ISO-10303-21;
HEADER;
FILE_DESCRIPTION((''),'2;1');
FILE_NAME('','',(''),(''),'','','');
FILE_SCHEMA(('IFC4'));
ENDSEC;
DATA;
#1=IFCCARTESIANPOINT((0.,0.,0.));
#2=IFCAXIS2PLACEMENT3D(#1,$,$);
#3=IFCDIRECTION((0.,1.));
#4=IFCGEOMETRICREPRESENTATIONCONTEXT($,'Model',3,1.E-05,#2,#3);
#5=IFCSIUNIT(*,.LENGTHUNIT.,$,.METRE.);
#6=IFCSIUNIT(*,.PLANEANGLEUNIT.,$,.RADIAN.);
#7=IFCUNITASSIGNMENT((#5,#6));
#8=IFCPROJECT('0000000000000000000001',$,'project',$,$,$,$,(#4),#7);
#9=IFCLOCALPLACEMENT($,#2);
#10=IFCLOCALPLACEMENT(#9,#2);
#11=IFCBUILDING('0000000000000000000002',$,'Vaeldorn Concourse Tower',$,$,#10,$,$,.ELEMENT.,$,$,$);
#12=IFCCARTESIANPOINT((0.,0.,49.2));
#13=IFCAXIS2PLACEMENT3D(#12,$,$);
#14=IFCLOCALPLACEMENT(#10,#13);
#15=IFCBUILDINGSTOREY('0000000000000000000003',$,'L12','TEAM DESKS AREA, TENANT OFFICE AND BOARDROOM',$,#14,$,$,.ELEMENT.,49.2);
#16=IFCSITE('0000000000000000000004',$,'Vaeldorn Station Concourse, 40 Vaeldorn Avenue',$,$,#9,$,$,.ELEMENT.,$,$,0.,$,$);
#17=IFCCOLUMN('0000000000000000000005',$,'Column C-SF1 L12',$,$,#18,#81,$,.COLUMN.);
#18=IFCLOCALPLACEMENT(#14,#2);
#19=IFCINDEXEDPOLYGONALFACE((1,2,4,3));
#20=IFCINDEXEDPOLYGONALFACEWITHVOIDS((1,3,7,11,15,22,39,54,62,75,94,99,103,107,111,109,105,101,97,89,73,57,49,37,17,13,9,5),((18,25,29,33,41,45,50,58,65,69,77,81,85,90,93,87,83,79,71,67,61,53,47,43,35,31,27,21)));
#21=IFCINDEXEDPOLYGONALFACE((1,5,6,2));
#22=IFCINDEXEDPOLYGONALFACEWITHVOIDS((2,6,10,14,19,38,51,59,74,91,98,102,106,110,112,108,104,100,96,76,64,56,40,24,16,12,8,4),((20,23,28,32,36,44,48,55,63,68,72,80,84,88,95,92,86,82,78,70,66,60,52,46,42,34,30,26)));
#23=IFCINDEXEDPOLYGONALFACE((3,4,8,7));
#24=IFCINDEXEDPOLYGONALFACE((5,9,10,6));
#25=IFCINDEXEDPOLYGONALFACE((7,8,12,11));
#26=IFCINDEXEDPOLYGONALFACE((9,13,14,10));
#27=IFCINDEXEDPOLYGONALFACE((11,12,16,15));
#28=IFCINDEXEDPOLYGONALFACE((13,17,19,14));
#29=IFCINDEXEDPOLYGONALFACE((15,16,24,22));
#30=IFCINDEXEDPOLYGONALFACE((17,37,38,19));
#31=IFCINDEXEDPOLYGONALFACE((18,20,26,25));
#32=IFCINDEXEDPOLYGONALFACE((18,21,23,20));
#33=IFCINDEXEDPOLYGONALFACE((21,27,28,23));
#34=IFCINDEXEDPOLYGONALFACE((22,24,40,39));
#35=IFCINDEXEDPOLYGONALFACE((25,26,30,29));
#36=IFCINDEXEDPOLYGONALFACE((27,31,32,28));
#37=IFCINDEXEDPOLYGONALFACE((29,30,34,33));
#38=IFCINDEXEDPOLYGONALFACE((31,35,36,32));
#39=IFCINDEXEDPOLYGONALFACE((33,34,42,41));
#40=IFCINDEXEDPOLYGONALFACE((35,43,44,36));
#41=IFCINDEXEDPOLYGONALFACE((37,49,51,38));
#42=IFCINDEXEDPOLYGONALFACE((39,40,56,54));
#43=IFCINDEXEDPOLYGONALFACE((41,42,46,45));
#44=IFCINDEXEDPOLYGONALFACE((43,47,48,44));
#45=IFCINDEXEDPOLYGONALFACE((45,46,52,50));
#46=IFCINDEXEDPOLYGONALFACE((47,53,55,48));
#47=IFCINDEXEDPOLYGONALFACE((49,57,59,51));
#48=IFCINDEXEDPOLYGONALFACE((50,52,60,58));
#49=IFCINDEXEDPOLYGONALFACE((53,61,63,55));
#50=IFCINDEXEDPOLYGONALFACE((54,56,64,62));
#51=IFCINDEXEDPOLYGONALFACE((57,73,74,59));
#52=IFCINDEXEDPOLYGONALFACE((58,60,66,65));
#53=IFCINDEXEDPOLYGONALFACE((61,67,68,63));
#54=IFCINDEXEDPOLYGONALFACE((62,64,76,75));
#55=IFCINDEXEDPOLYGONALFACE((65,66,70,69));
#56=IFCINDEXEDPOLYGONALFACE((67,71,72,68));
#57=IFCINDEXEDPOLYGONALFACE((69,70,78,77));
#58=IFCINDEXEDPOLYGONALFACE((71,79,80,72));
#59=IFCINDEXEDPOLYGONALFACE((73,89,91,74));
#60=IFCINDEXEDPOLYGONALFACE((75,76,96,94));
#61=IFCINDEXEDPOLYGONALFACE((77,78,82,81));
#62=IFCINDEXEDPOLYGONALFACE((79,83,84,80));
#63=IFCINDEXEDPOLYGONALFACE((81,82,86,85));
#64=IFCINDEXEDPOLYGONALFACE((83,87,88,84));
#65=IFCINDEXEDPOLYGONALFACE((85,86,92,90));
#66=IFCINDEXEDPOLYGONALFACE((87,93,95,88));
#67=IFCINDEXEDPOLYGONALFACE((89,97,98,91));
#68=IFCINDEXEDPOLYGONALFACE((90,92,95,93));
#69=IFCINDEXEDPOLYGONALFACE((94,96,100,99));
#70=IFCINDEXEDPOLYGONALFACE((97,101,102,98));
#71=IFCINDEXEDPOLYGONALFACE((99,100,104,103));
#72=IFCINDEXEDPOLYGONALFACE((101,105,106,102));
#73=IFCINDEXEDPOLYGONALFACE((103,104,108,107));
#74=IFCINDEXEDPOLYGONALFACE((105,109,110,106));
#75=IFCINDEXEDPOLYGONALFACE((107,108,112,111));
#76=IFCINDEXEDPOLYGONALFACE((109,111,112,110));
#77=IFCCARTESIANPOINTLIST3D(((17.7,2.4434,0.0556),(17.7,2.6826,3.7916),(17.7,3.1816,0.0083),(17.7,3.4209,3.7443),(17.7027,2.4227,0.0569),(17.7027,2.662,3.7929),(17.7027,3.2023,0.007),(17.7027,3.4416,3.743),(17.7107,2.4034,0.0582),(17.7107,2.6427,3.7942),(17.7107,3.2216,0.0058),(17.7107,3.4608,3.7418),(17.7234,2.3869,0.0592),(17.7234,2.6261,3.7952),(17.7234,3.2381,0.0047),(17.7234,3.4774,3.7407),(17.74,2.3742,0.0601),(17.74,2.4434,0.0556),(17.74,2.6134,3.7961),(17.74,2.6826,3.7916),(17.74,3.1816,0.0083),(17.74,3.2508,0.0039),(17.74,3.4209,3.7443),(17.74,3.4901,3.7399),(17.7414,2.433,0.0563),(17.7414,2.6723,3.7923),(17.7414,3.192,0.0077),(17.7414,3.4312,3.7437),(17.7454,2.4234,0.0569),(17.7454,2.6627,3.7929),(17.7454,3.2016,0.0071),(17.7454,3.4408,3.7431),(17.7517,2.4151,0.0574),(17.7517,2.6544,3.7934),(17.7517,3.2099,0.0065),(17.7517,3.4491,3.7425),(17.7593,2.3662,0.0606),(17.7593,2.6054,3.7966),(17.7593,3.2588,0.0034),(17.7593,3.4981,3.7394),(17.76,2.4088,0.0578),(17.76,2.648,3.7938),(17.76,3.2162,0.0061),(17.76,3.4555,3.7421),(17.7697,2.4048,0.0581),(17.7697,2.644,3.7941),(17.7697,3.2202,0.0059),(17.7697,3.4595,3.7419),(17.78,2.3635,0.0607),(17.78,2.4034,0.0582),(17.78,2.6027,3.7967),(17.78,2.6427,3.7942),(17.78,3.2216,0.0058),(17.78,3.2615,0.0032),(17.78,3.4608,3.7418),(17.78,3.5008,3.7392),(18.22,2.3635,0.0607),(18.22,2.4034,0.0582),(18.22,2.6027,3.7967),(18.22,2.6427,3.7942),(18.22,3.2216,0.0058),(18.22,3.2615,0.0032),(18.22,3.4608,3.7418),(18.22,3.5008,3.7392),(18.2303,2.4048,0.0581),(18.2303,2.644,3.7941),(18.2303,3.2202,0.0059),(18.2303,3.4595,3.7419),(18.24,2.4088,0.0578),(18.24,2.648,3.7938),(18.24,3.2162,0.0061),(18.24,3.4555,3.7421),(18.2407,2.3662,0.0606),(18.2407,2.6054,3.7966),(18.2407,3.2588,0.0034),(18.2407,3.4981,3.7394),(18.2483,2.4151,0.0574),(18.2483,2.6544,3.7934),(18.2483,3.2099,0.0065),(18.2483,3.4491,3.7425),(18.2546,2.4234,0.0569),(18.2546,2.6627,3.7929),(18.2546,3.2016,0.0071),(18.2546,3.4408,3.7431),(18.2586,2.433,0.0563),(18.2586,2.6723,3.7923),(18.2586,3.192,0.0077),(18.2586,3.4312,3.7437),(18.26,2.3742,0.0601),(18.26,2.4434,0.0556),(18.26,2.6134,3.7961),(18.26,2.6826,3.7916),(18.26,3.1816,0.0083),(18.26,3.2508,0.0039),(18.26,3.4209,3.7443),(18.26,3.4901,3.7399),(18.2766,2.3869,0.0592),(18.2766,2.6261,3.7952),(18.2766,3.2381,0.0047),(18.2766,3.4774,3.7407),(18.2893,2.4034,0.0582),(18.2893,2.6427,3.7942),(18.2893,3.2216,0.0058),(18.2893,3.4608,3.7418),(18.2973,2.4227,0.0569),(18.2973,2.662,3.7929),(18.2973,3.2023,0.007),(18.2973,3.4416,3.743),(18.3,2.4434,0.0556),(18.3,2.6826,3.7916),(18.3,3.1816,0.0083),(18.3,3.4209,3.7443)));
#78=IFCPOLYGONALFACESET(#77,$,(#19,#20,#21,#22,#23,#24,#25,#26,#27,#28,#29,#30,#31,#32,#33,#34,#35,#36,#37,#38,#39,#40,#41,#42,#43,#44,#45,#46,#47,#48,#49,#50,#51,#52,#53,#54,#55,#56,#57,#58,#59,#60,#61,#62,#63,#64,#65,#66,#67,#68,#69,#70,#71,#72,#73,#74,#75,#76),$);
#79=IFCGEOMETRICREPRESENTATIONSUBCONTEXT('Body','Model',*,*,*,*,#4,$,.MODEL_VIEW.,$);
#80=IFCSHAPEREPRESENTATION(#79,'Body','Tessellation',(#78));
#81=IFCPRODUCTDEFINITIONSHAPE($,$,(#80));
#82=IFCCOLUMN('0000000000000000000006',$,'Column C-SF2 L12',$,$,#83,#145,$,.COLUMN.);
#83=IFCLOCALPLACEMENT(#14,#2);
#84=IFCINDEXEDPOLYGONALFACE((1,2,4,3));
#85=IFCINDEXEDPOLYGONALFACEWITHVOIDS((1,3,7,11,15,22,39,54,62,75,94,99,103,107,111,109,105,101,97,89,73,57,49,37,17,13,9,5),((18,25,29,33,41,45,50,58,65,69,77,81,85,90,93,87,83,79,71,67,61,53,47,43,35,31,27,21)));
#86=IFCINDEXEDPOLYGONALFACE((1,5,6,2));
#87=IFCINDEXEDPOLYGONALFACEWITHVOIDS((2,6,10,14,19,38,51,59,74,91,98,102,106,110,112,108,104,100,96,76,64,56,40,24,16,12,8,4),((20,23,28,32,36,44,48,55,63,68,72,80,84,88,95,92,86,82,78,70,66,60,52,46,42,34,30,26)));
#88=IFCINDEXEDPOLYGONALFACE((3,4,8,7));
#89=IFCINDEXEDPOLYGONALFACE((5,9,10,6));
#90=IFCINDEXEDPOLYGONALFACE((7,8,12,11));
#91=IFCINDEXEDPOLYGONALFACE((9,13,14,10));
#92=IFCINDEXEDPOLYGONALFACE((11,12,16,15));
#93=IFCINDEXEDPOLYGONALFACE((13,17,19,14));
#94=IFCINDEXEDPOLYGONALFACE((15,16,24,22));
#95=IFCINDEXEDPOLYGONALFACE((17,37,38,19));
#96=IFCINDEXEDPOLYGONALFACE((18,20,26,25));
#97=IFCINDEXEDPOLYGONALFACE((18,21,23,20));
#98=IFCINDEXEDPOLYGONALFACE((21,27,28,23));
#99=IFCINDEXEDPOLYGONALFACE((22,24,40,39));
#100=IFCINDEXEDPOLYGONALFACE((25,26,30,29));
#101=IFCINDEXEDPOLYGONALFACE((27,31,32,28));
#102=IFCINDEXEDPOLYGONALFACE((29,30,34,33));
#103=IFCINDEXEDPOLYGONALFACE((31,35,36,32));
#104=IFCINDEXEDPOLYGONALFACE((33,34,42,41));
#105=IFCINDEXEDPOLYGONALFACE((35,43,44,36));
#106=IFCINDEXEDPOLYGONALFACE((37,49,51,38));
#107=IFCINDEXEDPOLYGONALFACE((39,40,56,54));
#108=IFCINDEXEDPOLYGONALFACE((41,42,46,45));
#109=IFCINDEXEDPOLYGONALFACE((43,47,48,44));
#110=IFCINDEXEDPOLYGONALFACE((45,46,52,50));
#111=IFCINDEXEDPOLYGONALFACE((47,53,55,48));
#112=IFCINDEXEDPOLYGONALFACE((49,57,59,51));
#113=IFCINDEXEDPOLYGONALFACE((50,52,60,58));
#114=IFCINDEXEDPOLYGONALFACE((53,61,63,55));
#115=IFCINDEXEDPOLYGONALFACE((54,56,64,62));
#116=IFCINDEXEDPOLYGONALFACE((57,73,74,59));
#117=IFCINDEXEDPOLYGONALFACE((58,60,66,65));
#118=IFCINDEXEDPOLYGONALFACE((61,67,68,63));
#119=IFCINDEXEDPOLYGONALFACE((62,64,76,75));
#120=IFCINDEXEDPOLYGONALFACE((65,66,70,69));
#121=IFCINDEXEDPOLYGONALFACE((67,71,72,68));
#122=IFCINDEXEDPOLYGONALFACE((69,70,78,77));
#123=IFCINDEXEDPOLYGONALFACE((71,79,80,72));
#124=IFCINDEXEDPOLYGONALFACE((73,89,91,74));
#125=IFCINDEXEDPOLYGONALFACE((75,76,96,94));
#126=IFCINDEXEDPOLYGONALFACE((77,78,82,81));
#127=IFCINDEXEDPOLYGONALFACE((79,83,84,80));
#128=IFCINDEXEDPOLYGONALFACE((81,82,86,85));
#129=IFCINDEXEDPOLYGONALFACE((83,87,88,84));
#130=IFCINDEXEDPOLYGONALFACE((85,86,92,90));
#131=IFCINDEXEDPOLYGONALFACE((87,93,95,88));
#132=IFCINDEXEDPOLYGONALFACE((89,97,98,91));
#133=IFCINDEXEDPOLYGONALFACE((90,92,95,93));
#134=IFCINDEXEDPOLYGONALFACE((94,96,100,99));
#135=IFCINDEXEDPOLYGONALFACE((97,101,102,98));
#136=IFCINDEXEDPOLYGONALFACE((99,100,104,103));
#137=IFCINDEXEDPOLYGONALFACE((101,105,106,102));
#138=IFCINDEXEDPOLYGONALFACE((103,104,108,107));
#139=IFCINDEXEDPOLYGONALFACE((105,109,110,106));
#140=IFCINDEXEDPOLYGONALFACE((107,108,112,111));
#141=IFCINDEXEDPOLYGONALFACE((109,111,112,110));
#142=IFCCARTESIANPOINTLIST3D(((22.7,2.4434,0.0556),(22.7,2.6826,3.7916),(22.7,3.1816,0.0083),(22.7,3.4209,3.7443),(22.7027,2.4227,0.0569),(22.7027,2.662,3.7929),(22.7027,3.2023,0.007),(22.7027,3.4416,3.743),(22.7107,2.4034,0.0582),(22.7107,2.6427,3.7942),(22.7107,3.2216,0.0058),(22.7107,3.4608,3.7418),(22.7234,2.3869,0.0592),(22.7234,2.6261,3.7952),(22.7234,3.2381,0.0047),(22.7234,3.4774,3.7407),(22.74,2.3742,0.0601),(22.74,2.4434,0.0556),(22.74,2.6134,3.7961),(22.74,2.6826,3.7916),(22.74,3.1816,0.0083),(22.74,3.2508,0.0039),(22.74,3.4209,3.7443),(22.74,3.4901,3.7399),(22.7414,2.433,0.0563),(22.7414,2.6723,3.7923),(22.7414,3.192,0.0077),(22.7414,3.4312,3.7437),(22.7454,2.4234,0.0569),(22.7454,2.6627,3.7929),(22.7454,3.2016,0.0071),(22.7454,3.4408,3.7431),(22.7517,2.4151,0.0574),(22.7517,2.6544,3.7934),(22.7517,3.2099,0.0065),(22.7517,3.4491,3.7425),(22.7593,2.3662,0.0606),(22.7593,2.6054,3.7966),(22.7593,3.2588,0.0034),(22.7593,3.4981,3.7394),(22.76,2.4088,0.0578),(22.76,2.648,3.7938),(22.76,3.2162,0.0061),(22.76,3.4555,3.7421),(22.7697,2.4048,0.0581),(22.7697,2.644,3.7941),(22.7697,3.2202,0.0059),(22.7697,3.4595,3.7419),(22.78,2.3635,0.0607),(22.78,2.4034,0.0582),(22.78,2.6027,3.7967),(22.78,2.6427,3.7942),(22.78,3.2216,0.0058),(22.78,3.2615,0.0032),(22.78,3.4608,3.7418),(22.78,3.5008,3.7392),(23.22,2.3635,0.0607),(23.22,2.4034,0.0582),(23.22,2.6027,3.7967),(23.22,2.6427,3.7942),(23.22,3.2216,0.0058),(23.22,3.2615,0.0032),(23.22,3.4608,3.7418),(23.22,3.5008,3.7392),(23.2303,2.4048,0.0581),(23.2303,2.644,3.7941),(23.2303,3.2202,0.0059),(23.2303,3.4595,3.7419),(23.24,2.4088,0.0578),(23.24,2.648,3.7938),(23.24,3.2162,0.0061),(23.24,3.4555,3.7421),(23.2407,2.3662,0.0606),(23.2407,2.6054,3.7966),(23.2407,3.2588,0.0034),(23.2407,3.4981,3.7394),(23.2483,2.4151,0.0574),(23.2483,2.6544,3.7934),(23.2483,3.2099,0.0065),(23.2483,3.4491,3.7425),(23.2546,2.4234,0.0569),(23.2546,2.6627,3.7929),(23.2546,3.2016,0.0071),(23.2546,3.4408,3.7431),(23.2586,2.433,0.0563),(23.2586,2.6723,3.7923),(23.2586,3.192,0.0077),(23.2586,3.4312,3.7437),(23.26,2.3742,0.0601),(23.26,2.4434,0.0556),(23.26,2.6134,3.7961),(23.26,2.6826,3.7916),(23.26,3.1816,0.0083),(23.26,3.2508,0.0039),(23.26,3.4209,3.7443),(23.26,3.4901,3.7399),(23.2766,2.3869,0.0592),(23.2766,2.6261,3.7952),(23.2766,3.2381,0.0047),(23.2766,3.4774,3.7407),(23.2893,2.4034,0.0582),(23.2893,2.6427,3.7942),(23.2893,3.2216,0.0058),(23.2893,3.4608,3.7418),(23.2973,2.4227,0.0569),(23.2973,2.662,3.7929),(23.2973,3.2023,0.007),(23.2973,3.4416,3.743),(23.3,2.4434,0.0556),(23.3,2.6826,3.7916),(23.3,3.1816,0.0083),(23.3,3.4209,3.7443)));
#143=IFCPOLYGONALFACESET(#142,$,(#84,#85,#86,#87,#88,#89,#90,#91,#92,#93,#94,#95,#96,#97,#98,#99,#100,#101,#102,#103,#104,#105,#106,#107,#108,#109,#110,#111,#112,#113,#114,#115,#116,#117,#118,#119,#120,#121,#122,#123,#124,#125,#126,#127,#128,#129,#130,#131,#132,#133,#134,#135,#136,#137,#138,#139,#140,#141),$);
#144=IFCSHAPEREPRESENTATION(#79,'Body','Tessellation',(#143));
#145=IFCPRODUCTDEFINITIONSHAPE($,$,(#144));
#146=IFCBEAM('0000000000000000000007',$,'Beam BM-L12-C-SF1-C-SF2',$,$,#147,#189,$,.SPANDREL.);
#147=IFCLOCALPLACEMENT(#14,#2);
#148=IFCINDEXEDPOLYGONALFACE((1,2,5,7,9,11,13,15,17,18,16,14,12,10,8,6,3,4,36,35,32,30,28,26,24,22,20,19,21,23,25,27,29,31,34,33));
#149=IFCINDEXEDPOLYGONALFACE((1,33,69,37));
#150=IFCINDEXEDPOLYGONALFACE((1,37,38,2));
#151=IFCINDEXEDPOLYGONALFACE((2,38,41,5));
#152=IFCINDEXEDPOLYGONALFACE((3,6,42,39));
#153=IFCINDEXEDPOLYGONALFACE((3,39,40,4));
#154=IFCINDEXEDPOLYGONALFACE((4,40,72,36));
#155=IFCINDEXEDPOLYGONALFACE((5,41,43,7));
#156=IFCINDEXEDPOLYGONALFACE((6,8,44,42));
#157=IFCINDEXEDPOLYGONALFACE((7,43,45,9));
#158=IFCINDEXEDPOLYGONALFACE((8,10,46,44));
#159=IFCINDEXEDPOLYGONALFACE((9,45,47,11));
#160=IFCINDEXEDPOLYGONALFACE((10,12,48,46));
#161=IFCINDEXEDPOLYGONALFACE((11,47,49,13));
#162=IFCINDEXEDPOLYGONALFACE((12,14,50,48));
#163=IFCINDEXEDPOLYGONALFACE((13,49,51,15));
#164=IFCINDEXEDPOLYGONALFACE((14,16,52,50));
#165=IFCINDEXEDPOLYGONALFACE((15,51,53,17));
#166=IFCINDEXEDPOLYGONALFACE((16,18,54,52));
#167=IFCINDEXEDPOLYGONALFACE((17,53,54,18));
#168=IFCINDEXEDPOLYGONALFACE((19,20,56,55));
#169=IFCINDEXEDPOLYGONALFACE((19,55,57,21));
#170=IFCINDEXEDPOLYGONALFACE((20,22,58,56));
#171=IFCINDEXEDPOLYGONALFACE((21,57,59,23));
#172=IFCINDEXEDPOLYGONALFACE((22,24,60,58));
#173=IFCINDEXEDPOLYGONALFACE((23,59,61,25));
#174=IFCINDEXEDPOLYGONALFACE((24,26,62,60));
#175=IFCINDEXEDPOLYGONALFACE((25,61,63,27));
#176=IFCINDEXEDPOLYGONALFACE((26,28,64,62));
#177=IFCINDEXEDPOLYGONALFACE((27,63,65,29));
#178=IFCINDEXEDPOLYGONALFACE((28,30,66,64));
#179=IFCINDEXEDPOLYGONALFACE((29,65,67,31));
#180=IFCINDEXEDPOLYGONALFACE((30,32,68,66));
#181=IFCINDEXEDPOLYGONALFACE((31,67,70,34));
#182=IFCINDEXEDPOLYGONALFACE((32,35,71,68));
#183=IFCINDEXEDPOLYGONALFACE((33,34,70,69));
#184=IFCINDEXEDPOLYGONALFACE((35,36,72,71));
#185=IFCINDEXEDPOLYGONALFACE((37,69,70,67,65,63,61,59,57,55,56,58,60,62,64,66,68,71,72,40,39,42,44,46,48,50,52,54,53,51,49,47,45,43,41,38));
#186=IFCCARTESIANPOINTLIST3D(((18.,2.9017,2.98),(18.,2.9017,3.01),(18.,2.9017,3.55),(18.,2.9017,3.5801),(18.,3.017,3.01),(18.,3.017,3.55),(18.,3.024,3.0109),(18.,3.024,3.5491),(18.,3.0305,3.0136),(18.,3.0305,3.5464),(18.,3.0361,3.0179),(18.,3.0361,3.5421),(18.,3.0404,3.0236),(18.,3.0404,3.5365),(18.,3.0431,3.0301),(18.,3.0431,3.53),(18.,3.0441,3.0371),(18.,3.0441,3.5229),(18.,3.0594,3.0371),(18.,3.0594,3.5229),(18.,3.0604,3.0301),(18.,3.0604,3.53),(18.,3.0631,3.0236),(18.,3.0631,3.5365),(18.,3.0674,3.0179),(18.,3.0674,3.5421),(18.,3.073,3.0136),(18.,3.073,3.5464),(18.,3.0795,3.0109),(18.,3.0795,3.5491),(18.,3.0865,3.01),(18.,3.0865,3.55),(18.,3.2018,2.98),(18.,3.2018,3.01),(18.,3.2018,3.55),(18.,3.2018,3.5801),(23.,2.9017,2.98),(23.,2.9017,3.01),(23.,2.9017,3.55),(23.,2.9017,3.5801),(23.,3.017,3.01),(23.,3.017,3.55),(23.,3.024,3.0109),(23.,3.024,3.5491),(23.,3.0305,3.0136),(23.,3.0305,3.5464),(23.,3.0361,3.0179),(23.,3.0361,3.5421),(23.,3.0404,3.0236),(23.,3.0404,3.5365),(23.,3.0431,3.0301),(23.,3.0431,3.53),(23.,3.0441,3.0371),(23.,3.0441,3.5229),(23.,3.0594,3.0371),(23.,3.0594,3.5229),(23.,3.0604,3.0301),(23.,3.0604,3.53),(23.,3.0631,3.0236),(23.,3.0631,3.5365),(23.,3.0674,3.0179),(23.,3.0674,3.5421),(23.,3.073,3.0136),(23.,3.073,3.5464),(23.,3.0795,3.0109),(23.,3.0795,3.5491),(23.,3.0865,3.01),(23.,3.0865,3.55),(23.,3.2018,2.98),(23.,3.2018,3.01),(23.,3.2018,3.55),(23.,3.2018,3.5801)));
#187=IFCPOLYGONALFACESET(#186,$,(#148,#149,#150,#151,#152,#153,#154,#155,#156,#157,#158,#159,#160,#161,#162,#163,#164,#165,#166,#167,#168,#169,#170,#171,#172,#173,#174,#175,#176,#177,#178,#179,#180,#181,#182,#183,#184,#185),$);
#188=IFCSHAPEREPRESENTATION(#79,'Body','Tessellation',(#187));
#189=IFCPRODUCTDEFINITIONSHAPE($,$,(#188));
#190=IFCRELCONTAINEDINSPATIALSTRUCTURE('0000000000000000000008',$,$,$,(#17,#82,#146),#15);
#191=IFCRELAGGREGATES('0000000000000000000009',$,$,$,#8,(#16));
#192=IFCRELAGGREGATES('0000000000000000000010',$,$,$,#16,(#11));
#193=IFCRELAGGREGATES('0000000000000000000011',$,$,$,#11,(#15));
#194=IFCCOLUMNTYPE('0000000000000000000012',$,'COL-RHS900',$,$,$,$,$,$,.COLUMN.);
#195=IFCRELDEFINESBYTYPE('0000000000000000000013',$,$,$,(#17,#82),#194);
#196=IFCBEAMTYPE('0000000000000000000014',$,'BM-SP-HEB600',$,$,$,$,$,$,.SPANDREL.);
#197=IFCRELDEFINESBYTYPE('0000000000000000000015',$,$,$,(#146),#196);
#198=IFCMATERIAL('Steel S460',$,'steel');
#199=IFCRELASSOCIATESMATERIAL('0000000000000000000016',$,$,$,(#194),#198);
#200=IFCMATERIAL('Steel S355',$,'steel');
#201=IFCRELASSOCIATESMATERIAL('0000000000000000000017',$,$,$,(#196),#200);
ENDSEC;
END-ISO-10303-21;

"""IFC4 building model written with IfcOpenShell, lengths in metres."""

from ifc_helpers import new_model, si_unit, direction, frame, origin, origin_2d, place, context, subcontext, project, spatial, hollow_rectangle, i_section, extrude, source, transform, mapped, material, material_profile, profile_set, type_object, element, save


model = new_model("IFC4")

# Units and contexts
model_context = context("Model", 3, precision=1e-05, world=origin(), true_north=direction((0.0, 1.0)))
body_context = subcontext(model_context, "Body", "Model", "MODEL_VIEW")
ifc_project = project(units=[si_unit("LENGTHUNIT", "METRE"), si_unit("PLANEANGLEUNIT", "RADIAN")], contexts=[model_context])

# Site, building, storey
site_placement = place(None, origin())
site = spatial("IfcSite", under=ifc_project, at=site_placement, Name="Vaeldorn Station Concourse, 40 Vaeldorn Avenue", CompositionType="ELEMENT", RefElevation=0.0)
building_placement = place(site_placement, origin())
building = spatial("IfcBuilding", under=site, at=building_placement, Name="Vaeldorn Concourse Tower", CompositionType="ELEMENT")
storey_placement = place(building_placement, frame((0.0, 0.0, 49.2)))
storey = spatial("IfcBuildingStorey", under=building, at=storey_placement, Name="L12", Description="TEAM DESKS AREA, TENANT OFFICE AND BOARDROOM", CompositionType="ELEMENT", Elevation=49.2)

# Columns
ifc_material_1 = material(Name="Steel S460", Category="steel")
ifc_material_profile_1 = material_profile(ifc_material_1, hollow_rectangle(XDim=0.6001, YDim=0.8999, WallThickness=0.04, InnerFilletRadius=0.04, OuterFilletRadius=0.0801, at=origin_2d()), Name="RHS 900x600x40")
ifc_profile_set_1 = profile_set([ifc_material_profile_1], Name="Steel S460")
column_type = type_object("IfcColumnType", Name="COL-RHS900", PredefinedType="COLUMN", material=ifc_profile_set_1)
shared_shape_1 = source(origin(), body_context, "Body", "SweptSolid", [
    extrude(hollow_rectangle(XDim=0.6001, YDim=0.8999, WallThickness=0.04, InnerFilletRadius=0.04, OuterFilletRadius=0.0801, at=origin_2d()), origin(), (0.0, 0.0, 1.0), 3.7437),
])
for number, where, z_axis, x_axis, name in (
    (1, (18.0, 2.8125, 0.032), (0.0, 0.063909, 0.997956), (-1.0, 0.0, 0.0), "Column C-SF1 L12"),
    (2, (23.0, 2.8125, 0.032), (0.0, 0.063909, 0.997956), (-1.0, 0.0, 0.0), "Column C-SF2 L12"),
):
    element("IfcColumn", number, at=place(storey_placement, frame(where, z_axis=z_axis, x_axis=x_axis)), inside=storey, type_object=column_type, Name=name, PredefinedType="COLUMN", context=body_context, shape_type="MappedRepresentation", body=[
        mapped(shared_shape_1, transform((0.0, 0.0, 0.0), scale=1.0)),
    ])

# Beam
ifc_material_2 = material(Name="Steel S355", Category="steel")
ifc_material_profile_2 = material_profile(ifc_material_2, i_section(OverallWidth=0.3, OverallDepth=0.6001, WebThickness=0.0154, FlangeThickness=0.03, FilletRadius=0.0271, at=origin_2d()), Name="HEB 600")
ifc_profile_set_2 = profile_set([ifc_material_profile_2], Name="Steel S355")
beam_type_1 = type_object("IfcBeamType", Name="BM-SP-HEB600", PredefinedType="SPANDREL", material=ifc_profile_set_2)
shared_shape_2 = source(origin(), body_context, "Body", "SweptSolid", [
    extrude(i_section(OverallWidth=0.3, OverallDepth=0.6001, WebThickness=0.0154, FlangeThickness=0.03, FilletRadius=0.0271, at=origin_2d()), origin(), (0.0, 0.0, 1.0), 5.0),
])
beam_1_placement = place(storey_placement, frame((18.0, 3.0518, 3.28), z_axis=(1.0, 0.0, 0.0), x_axis=(0.0, 1.0, 0.0)))
element("IfcBeam", 3, at=beam_1_placement, inside=storey, type_object=beam_type_1, Name="Beam BM-L12-C-SF1-C-SF2", PredefinedType="SPANDREL", context=body_context, shape_type="MappedRepresentation", body=[
    mapped(shared_shape_2, transform((0.0, 0.0, 0.0), scale=1.0)),
])

save(model, "model.ifc")
